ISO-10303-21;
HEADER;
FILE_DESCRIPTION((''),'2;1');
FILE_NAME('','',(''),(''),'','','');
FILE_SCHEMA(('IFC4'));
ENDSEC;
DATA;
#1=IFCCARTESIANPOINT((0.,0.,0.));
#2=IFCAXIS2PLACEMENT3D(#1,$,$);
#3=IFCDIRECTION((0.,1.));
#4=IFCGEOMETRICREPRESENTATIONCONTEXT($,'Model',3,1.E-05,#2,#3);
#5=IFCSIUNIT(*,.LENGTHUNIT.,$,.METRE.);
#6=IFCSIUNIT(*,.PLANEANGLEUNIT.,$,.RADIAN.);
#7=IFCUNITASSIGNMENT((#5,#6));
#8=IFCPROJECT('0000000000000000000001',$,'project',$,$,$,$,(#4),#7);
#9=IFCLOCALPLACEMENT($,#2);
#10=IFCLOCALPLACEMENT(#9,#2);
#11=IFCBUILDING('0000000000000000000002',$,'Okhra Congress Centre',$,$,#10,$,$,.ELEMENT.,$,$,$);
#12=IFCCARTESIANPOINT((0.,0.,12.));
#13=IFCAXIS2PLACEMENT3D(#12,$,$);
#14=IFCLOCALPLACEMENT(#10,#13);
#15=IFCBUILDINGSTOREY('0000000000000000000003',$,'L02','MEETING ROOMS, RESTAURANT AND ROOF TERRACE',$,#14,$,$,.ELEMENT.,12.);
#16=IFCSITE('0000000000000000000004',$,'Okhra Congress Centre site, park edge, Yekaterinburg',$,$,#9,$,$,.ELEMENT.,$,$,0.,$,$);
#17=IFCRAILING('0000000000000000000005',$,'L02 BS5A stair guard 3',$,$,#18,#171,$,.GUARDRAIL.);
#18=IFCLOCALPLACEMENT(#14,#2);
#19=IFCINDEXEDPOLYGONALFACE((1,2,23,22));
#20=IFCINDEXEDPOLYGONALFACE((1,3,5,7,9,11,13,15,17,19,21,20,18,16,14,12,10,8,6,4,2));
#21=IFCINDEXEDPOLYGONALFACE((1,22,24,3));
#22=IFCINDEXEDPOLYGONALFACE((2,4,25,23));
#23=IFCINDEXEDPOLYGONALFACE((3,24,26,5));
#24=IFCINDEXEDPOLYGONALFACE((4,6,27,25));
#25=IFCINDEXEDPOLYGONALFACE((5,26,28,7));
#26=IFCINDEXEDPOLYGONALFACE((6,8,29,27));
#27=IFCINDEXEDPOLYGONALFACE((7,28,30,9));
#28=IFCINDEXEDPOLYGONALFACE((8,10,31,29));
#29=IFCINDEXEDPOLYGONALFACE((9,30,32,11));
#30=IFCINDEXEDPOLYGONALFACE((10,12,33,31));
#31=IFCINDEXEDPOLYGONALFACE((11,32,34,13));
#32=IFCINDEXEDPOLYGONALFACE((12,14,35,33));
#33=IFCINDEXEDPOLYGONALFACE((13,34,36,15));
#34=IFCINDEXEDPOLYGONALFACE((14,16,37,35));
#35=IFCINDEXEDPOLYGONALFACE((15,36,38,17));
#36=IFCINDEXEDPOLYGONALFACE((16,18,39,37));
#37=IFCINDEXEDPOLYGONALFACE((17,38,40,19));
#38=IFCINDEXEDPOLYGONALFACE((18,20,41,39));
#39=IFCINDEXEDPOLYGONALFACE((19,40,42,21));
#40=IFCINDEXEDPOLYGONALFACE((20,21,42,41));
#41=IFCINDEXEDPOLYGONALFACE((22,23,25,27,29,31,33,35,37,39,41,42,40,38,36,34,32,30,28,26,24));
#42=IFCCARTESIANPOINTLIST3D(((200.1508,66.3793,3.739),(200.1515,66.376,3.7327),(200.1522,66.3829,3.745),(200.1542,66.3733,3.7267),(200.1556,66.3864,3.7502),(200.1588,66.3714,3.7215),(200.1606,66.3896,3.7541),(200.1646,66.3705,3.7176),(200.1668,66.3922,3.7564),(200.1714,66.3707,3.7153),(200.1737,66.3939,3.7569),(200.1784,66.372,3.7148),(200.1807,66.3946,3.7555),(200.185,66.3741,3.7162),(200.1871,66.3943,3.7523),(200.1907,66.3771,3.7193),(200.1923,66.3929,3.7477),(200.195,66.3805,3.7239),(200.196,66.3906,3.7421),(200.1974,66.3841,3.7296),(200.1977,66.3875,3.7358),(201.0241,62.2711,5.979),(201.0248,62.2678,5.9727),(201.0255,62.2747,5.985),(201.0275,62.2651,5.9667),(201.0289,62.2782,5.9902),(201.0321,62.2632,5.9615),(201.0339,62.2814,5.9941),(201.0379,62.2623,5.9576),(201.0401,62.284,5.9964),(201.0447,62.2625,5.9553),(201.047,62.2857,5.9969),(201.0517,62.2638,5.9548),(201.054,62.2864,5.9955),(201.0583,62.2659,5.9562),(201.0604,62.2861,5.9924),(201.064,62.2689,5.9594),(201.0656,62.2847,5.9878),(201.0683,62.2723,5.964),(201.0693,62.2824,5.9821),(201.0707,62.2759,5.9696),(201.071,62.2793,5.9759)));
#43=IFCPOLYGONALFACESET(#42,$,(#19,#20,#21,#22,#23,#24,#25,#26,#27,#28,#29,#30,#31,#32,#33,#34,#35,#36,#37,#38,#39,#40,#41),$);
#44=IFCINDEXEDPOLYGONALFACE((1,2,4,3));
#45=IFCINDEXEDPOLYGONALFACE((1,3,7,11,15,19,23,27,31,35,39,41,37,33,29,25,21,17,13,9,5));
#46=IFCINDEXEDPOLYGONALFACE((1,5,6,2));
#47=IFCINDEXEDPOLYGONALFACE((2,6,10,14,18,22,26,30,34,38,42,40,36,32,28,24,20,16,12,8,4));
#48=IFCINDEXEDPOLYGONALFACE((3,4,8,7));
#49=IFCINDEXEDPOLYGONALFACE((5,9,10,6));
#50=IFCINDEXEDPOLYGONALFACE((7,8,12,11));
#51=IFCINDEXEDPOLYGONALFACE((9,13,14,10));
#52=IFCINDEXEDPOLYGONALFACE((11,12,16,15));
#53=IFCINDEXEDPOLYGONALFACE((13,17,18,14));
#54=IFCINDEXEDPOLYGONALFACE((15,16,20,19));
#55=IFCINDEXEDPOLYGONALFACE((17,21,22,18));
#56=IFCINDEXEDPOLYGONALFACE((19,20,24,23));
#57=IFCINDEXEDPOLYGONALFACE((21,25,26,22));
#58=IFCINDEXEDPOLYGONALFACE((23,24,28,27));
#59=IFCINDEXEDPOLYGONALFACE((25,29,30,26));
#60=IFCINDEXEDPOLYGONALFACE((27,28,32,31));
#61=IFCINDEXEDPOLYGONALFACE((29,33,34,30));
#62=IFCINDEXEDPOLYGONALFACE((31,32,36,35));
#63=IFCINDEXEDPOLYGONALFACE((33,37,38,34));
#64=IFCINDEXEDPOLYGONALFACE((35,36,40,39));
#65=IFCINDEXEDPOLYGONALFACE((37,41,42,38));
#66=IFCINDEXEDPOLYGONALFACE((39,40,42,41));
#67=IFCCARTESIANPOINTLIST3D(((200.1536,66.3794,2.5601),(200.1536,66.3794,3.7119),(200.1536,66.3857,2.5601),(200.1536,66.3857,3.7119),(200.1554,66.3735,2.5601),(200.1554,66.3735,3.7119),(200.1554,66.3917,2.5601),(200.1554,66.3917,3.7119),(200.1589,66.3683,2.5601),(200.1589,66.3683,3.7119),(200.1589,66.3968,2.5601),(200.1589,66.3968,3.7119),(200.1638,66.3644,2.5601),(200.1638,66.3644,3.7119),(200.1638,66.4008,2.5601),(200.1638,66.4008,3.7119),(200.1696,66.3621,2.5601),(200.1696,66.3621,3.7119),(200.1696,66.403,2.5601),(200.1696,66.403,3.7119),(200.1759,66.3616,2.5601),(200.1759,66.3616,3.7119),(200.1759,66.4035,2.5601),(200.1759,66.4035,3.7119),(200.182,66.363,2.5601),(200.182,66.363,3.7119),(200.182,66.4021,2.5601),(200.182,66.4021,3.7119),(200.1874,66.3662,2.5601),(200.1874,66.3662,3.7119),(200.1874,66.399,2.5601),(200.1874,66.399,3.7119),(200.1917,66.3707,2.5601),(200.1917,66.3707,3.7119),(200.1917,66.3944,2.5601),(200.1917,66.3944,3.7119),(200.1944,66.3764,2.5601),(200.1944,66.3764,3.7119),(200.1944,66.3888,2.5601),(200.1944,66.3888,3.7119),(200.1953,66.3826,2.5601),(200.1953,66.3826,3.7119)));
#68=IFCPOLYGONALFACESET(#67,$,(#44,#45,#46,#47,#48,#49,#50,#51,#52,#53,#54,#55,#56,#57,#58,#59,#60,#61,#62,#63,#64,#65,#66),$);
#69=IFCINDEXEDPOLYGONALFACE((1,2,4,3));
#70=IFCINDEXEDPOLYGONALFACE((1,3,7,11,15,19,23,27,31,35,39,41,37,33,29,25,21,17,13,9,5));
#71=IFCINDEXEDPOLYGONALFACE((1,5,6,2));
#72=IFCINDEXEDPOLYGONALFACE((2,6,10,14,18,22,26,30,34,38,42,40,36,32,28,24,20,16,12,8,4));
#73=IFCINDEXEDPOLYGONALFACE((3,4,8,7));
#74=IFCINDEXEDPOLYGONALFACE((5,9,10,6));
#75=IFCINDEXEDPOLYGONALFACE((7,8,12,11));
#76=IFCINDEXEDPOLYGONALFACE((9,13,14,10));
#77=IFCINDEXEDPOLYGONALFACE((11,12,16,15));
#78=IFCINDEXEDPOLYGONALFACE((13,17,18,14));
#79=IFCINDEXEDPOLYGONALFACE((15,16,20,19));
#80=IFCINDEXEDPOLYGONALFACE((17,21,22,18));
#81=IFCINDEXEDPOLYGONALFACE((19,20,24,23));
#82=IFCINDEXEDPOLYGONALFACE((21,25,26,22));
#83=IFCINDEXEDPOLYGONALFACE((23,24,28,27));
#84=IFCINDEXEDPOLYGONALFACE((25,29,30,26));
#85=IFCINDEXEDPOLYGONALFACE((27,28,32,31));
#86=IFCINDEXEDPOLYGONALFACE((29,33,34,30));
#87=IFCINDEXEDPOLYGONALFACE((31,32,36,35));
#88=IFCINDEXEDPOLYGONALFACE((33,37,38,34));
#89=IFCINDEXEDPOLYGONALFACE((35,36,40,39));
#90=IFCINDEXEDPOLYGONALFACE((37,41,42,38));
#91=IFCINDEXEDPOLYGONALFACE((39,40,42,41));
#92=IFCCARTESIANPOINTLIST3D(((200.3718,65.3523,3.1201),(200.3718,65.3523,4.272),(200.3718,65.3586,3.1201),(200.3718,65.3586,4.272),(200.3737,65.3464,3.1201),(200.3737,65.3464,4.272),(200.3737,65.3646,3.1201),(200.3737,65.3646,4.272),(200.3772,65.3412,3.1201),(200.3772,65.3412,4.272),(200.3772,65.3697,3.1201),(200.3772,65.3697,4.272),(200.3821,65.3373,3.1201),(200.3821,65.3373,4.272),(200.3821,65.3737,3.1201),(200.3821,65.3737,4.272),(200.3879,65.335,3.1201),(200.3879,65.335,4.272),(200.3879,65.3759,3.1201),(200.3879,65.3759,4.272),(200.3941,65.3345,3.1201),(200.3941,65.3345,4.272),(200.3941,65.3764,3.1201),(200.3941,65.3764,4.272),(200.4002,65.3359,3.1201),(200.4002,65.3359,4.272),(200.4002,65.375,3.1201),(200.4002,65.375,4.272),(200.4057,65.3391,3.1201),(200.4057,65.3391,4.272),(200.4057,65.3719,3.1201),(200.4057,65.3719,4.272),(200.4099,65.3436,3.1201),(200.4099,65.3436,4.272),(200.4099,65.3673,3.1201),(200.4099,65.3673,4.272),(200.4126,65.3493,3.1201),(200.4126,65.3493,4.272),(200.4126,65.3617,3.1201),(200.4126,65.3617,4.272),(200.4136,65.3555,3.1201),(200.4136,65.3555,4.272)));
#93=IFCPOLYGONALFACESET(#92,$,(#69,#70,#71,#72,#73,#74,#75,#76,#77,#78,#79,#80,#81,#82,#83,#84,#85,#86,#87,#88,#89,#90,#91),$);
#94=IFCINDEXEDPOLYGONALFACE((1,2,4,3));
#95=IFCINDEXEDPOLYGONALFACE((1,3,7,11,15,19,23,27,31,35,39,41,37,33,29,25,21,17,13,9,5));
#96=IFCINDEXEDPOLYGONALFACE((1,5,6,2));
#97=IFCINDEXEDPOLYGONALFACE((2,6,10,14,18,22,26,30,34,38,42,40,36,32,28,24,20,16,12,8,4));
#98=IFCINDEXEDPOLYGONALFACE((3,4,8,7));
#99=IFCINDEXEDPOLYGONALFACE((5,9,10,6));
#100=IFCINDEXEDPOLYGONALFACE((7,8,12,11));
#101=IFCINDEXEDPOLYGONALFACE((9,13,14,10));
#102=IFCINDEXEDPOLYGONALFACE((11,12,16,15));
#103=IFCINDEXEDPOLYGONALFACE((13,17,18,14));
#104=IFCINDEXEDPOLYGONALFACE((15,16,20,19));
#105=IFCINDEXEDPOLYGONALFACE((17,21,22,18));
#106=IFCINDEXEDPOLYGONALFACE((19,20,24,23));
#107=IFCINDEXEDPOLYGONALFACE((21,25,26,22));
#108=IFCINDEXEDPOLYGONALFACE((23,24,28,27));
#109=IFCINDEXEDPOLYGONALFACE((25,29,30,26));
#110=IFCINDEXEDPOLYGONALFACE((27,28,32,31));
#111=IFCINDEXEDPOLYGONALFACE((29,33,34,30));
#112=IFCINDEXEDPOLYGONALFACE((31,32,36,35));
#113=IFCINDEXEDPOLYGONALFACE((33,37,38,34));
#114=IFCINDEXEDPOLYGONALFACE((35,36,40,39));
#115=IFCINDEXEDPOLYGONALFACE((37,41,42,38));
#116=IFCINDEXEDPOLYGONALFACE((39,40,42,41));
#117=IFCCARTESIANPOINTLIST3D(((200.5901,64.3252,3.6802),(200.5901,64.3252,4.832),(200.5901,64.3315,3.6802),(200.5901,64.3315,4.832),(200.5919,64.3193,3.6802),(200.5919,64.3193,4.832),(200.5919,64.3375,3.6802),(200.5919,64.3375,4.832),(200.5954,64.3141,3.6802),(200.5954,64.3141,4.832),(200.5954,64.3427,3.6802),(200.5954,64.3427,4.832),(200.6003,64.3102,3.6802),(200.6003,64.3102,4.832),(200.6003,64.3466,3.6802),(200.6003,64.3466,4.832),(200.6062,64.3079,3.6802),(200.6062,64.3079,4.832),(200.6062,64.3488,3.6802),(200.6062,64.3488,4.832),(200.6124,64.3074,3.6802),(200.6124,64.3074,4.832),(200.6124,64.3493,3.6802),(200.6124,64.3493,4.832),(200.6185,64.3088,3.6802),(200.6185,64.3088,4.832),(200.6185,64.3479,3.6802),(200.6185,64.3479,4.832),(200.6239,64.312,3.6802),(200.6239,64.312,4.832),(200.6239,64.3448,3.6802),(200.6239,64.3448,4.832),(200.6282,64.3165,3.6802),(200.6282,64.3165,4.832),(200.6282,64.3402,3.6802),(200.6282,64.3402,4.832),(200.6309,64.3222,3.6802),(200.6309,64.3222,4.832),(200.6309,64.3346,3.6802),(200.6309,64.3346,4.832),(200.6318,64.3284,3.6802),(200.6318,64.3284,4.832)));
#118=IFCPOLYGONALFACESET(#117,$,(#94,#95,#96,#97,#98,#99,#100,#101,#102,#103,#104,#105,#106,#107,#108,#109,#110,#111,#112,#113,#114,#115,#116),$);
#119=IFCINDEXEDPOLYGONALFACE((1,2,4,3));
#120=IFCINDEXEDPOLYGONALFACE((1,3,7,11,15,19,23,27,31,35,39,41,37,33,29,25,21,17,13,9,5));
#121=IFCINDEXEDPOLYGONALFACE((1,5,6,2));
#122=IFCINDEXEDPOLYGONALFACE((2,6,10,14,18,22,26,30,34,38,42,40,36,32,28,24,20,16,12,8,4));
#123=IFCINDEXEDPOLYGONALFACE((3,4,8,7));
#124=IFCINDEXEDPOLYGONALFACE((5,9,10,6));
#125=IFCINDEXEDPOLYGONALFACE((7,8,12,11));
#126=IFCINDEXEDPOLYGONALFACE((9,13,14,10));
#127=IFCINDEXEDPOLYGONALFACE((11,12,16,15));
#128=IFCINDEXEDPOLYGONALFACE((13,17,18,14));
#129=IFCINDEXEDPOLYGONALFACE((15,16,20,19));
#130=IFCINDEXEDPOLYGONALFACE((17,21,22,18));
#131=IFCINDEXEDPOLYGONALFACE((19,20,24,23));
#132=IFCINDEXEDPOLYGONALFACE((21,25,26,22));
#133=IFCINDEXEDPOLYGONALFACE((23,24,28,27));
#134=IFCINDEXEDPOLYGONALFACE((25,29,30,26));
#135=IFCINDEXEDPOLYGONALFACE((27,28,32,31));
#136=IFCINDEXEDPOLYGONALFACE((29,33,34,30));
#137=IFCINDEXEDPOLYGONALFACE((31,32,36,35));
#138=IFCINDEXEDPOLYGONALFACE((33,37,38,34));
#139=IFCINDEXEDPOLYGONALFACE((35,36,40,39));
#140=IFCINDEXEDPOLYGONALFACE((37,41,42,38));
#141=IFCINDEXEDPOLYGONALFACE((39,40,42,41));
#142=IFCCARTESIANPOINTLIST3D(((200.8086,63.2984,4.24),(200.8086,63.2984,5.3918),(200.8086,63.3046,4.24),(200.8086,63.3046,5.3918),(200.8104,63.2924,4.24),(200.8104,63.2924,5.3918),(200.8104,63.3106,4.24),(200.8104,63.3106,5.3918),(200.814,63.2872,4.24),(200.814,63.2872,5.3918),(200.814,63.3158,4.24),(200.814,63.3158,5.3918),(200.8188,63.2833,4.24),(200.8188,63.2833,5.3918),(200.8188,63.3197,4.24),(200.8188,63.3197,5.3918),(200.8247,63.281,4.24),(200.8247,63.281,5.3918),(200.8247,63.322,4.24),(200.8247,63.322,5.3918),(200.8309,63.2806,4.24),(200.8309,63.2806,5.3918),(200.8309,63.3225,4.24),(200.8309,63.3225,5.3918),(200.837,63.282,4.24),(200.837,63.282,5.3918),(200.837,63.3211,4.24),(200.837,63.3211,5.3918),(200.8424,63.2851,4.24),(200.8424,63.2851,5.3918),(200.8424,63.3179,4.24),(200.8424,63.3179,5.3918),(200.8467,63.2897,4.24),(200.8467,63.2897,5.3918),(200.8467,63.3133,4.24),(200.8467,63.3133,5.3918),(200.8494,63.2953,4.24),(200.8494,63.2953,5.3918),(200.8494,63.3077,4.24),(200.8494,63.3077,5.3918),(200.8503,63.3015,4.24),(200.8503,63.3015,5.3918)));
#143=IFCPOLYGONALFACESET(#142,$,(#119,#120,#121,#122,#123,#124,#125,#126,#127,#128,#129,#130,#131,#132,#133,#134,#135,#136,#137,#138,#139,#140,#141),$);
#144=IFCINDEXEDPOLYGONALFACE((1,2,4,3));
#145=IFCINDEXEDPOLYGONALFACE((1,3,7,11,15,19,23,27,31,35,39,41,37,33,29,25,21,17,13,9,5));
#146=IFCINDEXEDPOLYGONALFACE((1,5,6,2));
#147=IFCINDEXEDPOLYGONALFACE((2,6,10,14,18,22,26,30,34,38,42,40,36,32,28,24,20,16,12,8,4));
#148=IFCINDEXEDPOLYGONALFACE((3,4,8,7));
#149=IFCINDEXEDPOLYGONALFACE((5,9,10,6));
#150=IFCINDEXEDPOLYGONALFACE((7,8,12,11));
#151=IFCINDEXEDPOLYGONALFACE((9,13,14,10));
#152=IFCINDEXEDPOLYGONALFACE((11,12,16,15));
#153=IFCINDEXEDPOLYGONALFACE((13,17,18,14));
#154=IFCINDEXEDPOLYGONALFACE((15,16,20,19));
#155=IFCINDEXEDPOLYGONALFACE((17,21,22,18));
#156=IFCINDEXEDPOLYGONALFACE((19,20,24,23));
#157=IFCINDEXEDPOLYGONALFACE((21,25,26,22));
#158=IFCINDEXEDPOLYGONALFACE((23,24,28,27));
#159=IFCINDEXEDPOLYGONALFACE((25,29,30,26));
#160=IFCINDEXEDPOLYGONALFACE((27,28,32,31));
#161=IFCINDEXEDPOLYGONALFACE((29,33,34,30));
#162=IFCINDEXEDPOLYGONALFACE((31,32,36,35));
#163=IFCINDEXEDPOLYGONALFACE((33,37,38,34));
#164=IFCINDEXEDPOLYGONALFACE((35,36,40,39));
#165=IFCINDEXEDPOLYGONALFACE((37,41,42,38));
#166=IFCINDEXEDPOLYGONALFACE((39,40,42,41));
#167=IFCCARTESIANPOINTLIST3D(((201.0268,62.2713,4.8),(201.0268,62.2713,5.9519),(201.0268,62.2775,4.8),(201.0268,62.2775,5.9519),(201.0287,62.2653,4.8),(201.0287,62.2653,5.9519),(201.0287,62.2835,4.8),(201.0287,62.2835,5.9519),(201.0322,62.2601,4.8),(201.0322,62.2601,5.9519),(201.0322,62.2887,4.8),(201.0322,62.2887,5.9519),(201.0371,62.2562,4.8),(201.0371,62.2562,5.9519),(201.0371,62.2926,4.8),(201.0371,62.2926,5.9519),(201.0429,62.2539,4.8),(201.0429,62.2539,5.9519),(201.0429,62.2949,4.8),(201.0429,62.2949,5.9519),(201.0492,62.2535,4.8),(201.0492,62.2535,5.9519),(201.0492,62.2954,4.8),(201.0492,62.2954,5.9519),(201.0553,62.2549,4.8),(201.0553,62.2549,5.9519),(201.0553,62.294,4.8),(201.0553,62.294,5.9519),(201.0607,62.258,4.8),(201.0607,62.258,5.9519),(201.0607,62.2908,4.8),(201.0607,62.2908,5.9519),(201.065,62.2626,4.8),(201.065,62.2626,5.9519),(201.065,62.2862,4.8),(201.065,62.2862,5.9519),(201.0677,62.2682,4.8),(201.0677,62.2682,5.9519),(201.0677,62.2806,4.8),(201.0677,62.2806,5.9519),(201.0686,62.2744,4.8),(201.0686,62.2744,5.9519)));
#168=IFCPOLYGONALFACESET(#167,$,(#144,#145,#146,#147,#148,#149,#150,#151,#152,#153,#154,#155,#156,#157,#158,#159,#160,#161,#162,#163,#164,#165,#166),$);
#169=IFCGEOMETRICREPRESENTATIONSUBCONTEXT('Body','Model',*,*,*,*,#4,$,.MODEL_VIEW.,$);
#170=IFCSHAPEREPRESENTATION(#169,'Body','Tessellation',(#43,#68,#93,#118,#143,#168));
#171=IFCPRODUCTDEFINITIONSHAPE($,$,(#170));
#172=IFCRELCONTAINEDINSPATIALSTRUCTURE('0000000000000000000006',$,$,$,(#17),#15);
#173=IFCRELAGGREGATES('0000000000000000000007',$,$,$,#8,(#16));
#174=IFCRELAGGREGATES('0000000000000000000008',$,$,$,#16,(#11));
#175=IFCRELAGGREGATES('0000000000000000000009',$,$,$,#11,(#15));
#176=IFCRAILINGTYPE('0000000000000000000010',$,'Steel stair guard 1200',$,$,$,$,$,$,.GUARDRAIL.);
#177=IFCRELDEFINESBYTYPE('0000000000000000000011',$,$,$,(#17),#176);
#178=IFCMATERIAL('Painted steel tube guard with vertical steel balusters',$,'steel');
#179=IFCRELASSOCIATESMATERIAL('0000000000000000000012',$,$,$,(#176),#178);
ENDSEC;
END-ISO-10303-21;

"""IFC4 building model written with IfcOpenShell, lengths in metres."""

from ifc_helpers import new_model, si_unit, direction, frame, origin, origin_2d, place, context, subcontext, project, spatial, circle, extrude, material, type_object, element, save


model = new_model("IFC4")

# Units and contexts
model_context = context("Model", 3, precision=1e-05, world=origin(), true_north=direction((0.0, 1.0)))
body_context = subcontext(model_context, "Body", "Model", "MODEL_VIEW")
ifc_project = project(units=[si_unit("LENGTHUNIT", "METRE"), si_unit("PLANEANGLEUNIT", "RADIAN")], contexts=[model_context])

# Site, building, storey
site_placement = place(None, origin())
site = spatial("IfcSite", under=ifc_project, at=site_placement, Name="Okhra Congress Centre site, park edge, Yekaterinburg", CompositionType="ELEMENT", RefElevation=0.0)
building_placement = place(site_placement, origin())
building = spatial("IfcBuilding", under=site, at=building_placement, Name="Okhra Congress Centre", CompositionType="ELEMENT")
storey_placement = place(building_placement, frame((0.0, 0.0, 12.0)))
storey = spatial("IfcBuildingStorey", under=building, at=storey_placement, Name="L02", Description="MEETING ROOMS, RESTAURANT AND ROOF TERRACE", CompositionType="ELEMENT", Elevation=12.0)

# Railing
ifc_material_1 = material(Name="Painted steel tube guard with vertical steel balusters", Category="steel")
railing_type_1 = type_object("IfcRailingType", Name="Steel stair guard 1200", PredefinedType="GUARDRAIL", material=ifc_material_1)
railing_1_placement = place(storey_placement, frame((200.1743, 66.3826, 2.5601)))
element("IfcRailing", 1, at=railing_1_placement, inside=storey, type_object=railing_type_1, Name="L02 BS5A stair guard 3", PredefinedType="GUARDRAIL", context=body_context, shape_type="SweptSolid", body=[
    extrude(circle(Radius=0.0239, at=origin_2d()), frame((0.0, 0.0, 1.1758), z_axis=(0.183466, -0.863067, 0.470591), x_axis=(0.978144, 0.207929, 0.0)), (0.0, 0.0, 1.0), 4.76),
    extrude(circle(Radius=0.021, at=origin_2d()), origin(), (0.0, 0.0, 1.0), 1.1519),
    extrude(circle(Radius=0.021, at=origin_2d()), frame((0.2183, -1.0271, 0.5601)), (0.0, 0.0, 1.0), 1.1519),
    extrude(circle(Radius=0.021, at=origin_2d()), frame((0.4365, -2.0542, 1.1201)), (0.0, 0.0, 1.0), 1.1519),
    extrude(circle(Radius=0.021, at=origin_2d()), frame((0.655, -3.0811, 1.6799)), (0.0, 0.0, 1.0), 1.1519),
    extrude(circle(Radius=0.021, at=origin_2d()), frame((0.8733, -4.1082, 2.24)), (0.0, 0.0, 1.0), 1.1519),
])

save(model, "model.ifc")
